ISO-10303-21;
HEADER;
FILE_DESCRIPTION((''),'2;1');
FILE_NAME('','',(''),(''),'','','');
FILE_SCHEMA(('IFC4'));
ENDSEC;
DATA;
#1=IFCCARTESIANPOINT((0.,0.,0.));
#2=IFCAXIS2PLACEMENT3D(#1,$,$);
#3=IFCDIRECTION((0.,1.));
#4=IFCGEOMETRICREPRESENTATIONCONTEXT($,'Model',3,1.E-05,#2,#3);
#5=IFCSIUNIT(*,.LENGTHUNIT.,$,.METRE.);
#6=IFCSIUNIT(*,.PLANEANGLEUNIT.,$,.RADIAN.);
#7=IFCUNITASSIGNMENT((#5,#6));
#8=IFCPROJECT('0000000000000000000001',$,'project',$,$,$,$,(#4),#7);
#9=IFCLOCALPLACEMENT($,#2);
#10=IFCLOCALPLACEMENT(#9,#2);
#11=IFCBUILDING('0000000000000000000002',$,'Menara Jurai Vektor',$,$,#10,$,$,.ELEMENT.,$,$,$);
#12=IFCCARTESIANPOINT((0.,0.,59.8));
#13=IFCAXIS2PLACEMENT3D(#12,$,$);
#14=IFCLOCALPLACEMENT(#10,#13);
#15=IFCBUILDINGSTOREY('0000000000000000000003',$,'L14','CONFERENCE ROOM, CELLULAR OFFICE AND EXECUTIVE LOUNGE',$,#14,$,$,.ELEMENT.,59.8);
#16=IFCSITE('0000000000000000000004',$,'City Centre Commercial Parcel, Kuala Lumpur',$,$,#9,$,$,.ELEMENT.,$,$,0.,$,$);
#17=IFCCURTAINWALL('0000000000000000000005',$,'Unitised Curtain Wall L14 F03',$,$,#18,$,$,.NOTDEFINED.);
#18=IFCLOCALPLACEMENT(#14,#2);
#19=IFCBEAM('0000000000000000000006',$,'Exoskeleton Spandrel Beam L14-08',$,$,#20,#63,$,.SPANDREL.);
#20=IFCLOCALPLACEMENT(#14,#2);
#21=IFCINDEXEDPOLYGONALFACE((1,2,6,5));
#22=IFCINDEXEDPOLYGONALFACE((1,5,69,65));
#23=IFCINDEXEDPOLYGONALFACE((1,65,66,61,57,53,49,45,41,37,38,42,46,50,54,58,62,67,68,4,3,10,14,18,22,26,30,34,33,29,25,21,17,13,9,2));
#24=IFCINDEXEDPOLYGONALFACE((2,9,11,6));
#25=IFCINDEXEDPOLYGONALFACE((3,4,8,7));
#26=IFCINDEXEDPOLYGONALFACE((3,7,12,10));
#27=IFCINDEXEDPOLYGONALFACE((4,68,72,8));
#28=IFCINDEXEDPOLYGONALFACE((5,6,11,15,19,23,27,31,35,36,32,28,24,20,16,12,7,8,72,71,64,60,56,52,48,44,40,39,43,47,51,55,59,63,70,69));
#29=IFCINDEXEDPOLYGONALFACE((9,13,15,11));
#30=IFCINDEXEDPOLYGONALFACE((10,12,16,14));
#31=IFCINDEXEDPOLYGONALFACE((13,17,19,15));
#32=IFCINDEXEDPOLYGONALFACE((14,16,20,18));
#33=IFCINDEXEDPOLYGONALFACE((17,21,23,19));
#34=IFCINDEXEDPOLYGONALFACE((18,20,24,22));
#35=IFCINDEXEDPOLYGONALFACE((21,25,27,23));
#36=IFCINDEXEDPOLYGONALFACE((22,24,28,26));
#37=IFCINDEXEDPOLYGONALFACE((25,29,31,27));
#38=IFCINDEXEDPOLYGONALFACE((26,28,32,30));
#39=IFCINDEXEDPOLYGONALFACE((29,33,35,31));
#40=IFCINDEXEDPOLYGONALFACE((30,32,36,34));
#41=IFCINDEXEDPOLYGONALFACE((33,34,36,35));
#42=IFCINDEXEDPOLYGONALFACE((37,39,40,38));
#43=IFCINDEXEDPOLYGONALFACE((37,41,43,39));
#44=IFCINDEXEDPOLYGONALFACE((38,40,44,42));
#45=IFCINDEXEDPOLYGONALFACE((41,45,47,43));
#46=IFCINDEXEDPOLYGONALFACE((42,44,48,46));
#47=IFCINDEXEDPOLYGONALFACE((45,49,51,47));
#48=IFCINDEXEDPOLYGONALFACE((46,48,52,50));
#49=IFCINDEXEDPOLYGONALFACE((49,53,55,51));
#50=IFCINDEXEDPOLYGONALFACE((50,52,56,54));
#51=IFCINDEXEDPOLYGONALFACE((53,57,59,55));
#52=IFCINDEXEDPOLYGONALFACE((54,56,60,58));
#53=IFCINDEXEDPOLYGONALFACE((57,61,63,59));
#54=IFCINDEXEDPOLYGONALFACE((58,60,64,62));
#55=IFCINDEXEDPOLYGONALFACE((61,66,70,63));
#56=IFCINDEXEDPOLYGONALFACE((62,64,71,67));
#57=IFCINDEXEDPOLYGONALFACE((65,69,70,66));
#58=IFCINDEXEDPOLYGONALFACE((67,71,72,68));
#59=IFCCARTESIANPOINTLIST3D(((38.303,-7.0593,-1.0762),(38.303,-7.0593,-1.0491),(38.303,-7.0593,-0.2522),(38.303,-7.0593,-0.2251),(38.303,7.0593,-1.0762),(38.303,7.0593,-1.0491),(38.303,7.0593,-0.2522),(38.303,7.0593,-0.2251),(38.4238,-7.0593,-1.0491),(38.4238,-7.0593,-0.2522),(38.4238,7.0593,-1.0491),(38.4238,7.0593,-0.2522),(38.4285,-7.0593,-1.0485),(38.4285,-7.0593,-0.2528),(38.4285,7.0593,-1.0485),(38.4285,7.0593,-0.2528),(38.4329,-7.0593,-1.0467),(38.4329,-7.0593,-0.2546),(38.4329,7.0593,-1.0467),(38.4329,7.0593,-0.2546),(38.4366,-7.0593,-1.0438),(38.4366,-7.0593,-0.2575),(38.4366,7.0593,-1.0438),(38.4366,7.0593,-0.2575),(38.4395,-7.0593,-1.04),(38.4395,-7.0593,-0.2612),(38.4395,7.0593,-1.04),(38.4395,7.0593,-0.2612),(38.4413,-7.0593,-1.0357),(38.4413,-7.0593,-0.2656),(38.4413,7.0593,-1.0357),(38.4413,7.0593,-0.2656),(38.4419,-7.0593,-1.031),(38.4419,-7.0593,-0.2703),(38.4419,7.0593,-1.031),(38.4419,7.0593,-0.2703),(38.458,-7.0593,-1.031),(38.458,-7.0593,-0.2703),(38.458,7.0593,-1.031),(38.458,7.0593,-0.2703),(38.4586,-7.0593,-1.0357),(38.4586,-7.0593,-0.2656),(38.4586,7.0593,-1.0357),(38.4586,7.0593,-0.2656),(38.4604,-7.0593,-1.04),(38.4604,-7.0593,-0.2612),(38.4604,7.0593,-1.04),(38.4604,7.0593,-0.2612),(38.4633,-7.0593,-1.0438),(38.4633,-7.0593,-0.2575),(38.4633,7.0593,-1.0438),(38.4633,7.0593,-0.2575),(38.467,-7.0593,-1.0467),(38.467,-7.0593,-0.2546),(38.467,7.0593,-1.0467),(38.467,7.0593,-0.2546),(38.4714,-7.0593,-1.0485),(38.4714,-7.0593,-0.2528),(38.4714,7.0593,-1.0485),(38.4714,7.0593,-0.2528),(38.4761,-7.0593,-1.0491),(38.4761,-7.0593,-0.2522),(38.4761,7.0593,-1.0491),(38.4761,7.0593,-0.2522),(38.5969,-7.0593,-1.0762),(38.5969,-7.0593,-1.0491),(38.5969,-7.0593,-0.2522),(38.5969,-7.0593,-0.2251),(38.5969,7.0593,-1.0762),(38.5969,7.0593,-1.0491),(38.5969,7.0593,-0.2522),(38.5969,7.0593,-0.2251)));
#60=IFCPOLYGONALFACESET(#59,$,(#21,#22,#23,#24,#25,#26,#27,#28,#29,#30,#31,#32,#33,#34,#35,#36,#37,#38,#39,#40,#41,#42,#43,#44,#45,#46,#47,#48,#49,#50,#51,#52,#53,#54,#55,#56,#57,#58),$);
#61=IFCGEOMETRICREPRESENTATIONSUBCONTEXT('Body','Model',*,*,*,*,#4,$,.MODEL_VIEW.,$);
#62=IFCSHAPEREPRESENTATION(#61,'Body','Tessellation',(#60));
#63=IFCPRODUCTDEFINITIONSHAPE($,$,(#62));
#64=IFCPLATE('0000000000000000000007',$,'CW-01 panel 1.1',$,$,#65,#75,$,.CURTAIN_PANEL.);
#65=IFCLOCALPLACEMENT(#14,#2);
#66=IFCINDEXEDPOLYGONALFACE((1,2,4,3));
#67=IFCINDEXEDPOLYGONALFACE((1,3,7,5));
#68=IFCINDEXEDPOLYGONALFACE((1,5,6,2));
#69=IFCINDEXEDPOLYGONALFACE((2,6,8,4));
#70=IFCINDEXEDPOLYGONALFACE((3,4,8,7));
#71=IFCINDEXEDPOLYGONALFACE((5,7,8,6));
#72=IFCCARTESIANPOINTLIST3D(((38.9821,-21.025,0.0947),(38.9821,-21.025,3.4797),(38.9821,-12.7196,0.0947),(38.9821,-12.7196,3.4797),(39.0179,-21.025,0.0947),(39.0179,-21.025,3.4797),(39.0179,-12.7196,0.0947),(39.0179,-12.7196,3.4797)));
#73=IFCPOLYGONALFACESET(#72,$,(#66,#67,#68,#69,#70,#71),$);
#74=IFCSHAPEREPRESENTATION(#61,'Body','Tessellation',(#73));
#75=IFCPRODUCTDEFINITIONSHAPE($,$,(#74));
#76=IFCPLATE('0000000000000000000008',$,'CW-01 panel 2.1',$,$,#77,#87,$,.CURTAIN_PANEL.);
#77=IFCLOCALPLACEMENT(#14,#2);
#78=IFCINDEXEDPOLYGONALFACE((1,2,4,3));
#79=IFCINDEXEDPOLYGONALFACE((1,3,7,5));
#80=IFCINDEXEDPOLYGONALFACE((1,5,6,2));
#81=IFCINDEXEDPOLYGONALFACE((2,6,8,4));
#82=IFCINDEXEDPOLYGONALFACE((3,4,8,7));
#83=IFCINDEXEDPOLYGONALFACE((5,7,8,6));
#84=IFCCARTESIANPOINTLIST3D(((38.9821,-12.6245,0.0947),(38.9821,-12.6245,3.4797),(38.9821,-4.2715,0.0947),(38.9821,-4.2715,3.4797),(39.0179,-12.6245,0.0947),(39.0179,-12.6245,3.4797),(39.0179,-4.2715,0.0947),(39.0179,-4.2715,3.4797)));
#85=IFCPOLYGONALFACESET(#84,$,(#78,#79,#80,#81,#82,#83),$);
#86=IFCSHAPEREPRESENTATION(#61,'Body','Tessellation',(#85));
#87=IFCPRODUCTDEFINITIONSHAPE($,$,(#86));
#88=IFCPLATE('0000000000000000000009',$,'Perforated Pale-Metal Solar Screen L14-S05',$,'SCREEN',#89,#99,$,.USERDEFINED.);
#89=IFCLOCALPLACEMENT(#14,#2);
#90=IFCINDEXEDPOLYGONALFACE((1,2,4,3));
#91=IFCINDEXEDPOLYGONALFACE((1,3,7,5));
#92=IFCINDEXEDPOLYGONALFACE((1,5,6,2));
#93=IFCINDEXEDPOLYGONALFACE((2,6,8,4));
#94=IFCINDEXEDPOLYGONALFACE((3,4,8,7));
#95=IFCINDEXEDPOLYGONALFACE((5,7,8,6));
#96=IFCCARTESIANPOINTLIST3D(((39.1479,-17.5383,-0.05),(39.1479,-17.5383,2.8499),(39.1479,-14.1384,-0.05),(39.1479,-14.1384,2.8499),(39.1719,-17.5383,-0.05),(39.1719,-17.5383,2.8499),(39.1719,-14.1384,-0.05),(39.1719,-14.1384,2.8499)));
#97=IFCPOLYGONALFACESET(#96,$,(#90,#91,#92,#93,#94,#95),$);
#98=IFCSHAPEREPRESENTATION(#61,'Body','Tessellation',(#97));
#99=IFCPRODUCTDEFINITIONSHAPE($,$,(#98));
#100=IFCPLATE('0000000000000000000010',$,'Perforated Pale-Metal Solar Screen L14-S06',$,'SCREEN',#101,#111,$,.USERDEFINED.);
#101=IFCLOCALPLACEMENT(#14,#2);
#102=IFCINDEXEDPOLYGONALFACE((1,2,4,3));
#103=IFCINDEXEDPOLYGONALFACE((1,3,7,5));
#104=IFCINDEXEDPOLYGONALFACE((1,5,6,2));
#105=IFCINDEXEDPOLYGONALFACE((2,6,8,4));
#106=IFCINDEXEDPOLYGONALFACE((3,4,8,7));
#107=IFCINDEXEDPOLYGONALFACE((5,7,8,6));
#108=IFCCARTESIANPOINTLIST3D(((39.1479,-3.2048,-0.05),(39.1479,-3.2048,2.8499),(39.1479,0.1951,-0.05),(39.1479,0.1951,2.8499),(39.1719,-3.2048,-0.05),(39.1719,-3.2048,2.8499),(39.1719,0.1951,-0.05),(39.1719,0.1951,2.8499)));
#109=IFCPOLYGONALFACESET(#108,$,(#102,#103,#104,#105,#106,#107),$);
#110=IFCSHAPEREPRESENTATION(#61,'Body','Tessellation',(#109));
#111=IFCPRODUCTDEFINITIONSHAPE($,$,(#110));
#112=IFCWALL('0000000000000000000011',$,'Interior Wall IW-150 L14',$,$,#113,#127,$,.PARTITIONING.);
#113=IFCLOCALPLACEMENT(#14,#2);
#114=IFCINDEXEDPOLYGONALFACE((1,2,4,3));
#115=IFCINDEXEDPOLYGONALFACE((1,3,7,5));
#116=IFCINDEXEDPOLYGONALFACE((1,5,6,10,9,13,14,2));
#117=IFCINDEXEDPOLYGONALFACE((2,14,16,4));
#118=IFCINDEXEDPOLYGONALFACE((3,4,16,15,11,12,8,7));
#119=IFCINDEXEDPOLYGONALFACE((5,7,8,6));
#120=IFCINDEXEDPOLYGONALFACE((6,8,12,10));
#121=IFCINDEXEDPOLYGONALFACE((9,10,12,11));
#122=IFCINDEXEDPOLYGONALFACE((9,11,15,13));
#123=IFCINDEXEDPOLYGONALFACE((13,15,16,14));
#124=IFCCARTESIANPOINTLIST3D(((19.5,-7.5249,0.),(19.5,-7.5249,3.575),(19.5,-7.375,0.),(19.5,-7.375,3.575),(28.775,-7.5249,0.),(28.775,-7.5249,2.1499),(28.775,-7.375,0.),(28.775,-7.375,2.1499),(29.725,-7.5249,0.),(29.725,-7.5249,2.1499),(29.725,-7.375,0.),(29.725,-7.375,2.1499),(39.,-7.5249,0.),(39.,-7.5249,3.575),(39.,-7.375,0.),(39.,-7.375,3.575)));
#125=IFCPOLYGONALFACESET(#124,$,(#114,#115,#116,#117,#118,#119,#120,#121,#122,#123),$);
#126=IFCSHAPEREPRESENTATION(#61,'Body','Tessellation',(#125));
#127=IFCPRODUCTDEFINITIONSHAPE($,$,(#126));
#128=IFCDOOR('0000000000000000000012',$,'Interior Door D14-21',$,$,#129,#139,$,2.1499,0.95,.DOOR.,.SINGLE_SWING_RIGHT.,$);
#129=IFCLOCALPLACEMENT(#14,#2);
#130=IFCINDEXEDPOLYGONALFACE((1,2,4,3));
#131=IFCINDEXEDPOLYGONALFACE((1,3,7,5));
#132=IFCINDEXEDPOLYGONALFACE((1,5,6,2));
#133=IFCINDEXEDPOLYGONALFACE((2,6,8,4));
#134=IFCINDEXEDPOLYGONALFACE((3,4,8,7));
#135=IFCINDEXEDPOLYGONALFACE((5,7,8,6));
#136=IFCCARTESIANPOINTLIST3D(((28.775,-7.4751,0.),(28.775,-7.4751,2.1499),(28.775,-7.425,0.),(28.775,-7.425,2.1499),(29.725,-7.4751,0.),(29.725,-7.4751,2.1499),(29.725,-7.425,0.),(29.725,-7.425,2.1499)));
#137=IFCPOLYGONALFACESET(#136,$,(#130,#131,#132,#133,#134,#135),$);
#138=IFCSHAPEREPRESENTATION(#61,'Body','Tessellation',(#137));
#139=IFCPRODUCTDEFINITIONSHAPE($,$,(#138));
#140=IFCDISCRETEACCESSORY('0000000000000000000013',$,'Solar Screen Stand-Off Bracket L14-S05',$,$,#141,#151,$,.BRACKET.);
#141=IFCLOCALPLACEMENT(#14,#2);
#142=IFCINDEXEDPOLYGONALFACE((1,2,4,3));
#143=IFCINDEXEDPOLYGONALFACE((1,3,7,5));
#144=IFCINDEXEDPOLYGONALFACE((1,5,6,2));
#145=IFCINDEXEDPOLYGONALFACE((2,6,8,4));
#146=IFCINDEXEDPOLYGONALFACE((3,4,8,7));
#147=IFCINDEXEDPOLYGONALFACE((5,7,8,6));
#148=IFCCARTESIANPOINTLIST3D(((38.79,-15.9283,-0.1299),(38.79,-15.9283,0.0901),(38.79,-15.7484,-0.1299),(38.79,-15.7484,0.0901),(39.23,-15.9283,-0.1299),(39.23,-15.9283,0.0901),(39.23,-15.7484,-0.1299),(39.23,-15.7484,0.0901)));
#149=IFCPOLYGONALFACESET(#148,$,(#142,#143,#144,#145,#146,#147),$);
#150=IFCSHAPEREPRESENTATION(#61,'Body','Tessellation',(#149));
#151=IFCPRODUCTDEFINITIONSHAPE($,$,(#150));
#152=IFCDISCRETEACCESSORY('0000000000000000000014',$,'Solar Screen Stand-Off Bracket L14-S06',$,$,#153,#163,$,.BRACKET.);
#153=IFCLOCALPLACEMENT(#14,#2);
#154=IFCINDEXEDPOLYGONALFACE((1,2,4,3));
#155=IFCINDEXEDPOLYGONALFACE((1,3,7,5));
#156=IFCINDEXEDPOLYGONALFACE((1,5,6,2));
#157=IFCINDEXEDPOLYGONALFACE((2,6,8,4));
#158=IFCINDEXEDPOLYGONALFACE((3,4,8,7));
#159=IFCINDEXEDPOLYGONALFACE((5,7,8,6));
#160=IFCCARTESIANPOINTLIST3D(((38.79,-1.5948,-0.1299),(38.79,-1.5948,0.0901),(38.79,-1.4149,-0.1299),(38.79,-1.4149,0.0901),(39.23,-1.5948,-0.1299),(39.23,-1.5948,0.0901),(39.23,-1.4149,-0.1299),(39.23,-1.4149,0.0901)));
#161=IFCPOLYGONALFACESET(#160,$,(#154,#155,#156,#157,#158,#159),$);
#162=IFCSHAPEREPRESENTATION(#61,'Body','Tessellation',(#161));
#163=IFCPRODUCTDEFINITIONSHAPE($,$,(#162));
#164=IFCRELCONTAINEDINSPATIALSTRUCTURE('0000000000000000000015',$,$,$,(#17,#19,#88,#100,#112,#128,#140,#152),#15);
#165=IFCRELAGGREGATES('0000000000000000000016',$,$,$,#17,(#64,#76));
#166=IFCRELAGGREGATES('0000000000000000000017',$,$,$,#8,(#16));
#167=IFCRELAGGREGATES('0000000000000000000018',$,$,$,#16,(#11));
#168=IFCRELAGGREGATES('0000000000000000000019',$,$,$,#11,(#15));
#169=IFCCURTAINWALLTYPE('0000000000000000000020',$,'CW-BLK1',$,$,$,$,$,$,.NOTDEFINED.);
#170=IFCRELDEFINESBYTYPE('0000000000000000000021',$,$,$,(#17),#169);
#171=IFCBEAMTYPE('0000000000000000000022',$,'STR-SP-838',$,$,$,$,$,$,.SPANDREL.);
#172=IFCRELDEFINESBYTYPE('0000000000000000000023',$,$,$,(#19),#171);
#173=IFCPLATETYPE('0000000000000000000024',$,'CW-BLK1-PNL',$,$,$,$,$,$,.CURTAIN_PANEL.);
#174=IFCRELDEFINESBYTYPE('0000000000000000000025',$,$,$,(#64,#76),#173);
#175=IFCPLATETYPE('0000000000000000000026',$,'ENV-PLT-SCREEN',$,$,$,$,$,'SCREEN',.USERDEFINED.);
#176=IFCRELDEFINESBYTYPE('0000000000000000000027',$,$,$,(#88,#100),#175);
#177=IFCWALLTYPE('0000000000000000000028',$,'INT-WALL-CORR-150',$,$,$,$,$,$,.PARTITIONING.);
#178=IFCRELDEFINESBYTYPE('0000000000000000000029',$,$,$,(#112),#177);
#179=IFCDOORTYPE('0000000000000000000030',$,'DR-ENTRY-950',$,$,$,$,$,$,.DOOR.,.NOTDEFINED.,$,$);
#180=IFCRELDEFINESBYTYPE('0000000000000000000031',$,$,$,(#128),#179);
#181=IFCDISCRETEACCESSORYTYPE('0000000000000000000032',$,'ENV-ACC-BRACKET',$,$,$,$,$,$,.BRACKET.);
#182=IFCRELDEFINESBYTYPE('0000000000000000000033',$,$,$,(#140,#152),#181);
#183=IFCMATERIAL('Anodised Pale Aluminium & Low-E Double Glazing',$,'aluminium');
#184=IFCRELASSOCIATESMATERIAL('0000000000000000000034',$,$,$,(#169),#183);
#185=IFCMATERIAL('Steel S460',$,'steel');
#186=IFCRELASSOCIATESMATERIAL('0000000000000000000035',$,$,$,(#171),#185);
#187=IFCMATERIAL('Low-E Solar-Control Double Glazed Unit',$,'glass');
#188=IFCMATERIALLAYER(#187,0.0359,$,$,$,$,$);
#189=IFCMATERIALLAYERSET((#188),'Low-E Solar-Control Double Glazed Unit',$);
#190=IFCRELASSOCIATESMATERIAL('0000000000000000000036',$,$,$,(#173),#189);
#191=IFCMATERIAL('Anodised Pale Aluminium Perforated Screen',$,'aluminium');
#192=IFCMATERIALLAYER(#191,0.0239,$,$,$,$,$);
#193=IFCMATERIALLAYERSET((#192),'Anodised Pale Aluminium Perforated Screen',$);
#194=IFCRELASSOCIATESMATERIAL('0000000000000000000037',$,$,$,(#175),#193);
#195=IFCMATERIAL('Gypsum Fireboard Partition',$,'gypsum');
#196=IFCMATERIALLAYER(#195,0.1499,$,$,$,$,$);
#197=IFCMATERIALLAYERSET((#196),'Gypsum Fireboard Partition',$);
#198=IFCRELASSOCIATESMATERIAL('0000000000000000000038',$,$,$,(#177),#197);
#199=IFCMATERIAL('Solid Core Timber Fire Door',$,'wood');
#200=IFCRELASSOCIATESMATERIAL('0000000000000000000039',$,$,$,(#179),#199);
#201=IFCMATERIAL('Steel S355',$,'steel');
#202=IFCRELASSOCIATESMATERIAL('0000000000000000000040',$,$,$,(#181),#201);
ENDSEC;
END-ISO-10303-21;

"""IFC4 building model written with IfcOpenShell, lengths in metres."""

from ifc_helpers import new_model, si_unit, direction, frame, frame_2d, origin, origin_2d, place, context, subcontext, project, spatial, rectangle, i_section, extrude, material, layer, layer_set, material_profile, profile_set, type_object, element, fill, aggregate, save


model = new_model("IFC4")

# Units and contexts
model_context = context("Model", 3, precision=1e-05, world=origin(), true_north=direction((0.0, 1.0)))
body_context = subcontext(model_context, "Body", "Model", "MODEL_VIEW")
ifc_project = project(units=[si_unit("LENGTHUNIT", "METRE"), si_unit("PLANEANGLEUNIT", "RADIAN")], contexts=[model_context])

# Site, building, storey
site_placement = place(None, origin())
site = spatial("IfcSite", under=ifc_project, at=site_placement, Name="City Centre Commercial Parcel, Kuala Lumpur", CompositionType="ELEMENT", RefElevation=0.0)
building_placement = place(site_placement, origin())
building = spatial("IfcBuilding", under=site, at=building_placement, Name="Menara Jurai Vektor", CompositionType="ELEMENT")
storey_placement = place(building_placement, frame((0.0, 0.0, 59.8)))
storey = spatial("IfcBuildingStorey", under=building, at=storey_placement, Name="L14", Description="CONFERENCE ROOM, CELLULAR OFFICE AND EXECUTIVE LOUNGE", CompositionType="ELEMENT", Elevation=59.8)

# Shared definitions
ifc_material_1 = material(Name="Steel S460", Category="steel")

# Curtain wall
ifc_material_2 = material(Name="Anodised Pale Aluminium & Low-E Double Glazing", Category="aluminium")
curtain_wall_type = type_object("IfcCurtainWallType", Name="CW-BLK1", PredefinedType="NOTDEFINED", material=ifc_material_2)
curtain_wall_placement = place(storey_placement, origin())
curtain_wall = element("IfcCurtainWall", 1, at=curtain_wall_placement, inside=storey, type_object=curtain_wall_type, Name="Unitised Curtain Wall L14 F03", PredefinedType="NOTDEFINED")

# Shared definitions
ifc_material_3 = material(Name="Steel S355", Category="steel")

# Beam
ifc_material_profile_1 = material_profile(ifc_material_1, i_section(OverallWidth=0.2939, OverallDepth=0.8511, WebThickness=0.0161, FlangeThickness=0.0271, FilletRadius=0.0181, at=origin_2d()), Name="UKB 838x292x226")
ifc_profile_set_1 = profile_set([ifc_material_profile_1], Name="Steel S460")
beam_type_1 = type_object("IfcBeamType", Name="STR-SP-838", PredefinedType="SPANDREL", material=ifc_profile_set_1)
beam_1_placement = place(storey_placement, frame((38.45, -7.0593, -0.6506), z_axis=(0.0, 1.0, 0.0), x_axis=(-1.0, 0.0, 0.0)))
element("IfcBeam", 2, at=beam_1_placement, inside=storey, type_object=beam_type_1, Name="Exoskeleton Spandrel Beam L14-08", PredefinedType="SPANDREL", context=body_context, shape_type="SweptSolid", body=[
    extrude(i_section(OverallWidth=0.2939, OverallDepth=0.8511, WebThickness=0.0161, FlangeThickness=0.0271, FilletRadius=0.0181, at=origin_2d()), origin(), (0.0, 0.0, 1.0), 14.1187),
])

# Plates
ifc_material_4 = material(Name="Low-E Solar-Control Double Glazed Unit", Category="glass")
ifc_layer_1 = layer(ifc_material_4, 0.0359)
ifc_layer_set_1 = layer_set([ifc_layer_1], Name="Low-E Solar-Control Double Glazed Unit")
plate_type_1 = type_object("IfcPlateType", Name="CW-BLK1-PNL", PredefinedType="CURTAIN_PANEL", material=ifc_layer_set_1)
plate_1_placement = place(storey_placement, frame((39.0, -16.8723, 0.0947), z_axis=(0.0, 0.0, 1.0), x_axis=(0.0, 1.0, 0.0)))
plate_1 = element("IfcPlate", 3, at=plate_1_placement, type_object=plate_type_1, Name="CW-01 panel 1.1", PredefinedType="CURTAIN_PANEL", context=body_context, shape_type="SweptSolid", body=[
    extrude(rectangle(XDim=8.3054, YDim=0.0359, at=origin_2d()), origin(), (0.0, 0.0, 1.0), 3.385),
])
plate_2_placement = place(storey_placement, frame((39.0, -8.448, 0.0947), z_axis=(0.0, 0.0, 1.0), x_axis=(0.0, 1.0, 0.0)))
plate_2 = element("IfcPlate", 4, at=plate_2_placement, type_object=plate_type_1, Name="CW-01 panel 2.1", PredefinedType="CURTAIN_PANEL", context=body_context, shape_type="SweptSolid", body=[
    extrude(rectangle(XDim=8.353, YDim=0.0359, at=origin_2d()), origin(), (0.0, 0.0, 1.0), 3.385),
])
aggregate(curtain_wall, [plate_1, plate_2])

# Plates
ifc_material_5 = material(Name="Anodised Pale Aluminium Perforated Screen", Category="aluminium")
ifc_layer_2 = layer(ifc_material_5, 0.0239)
ifc_layer_set_2 = layer_set([ifc_layer_2], Name="Anodised Pale Aluminium Perforated Screen")
plate_type_2 = type_object("IfcPlateType", Name="ENV-PLT-SCREEN", ElementType="SCREEN", PredefinedType="USERDEFINED", material=ifc_layer_set_2)
for number, where, z_axis, x_axis, name in (
    (5, (39.1599, -15.8384, -0.05), (0.0, 0.0, 1.0), (0.0, 1.0, 0.0), "Perforated Pale-Metal Solar Screen L14-S05"),
    (6, (39.1599, -1.5049, -0.05), (0.0, 0.0, 1.0), (0.0, 1.0, 0.0), "Perforated Pale-Metal Solar Screen L14-S06"),
):
    element("IfcPlate", number, at=place(storey_placement, frame(where, z_axis=z_axis, x_axis=x_axis)), inside=storey, type_object=plate_type_2, Name=name, ObjectType="SCREEN", PredefinedType="USERDEFINED", context=body_context, shape_type="SweptSolid", body=[
        extrude(rectangle(XDim=3.3999, YDim=0.0239, at=origin_2d()), origin(), (0.0, 0.0, 1.0), 2.8999),
    ])

# Wall, opening, door
ifc_material_6 = material(Name="Gypsum Fireboard Partition", Category="gypsum")
ifc_layer_3 = layer(ifc_material_6, 0.1499)
ifc_layer_set_3 = layer_set([ifc_layer_3], Name="Gypsum Fireboard Partition")
wall_type = type_object("IfcWallType", Name="INT-WALL-CORR-150", PredefinedType="PARTITIONING", material=ifc_layer_set_3)
wall_placement = place(storey_placement, frame((19.5, -7.45, 0.0), z_axis=(0.0, 0.0, 1.0), x_axis=(1.0, 0.0, 0.0)))
wall = element("IfcWall", 7, at=wall_placement, inside=storey, type_object=wall_type, Name="Interior Wall IW-150 L14", PredefinedType="PARTITIONING", context=body_context, shape_type="SweptSolid", body=[
    extrude(rectangle(XDim=19.5, YDim=0.1499, at=frame_2d((9.75, 0.0))), origin(), (0.0, 0.0, 1.0), 3.575),
])
opening_placement = place(wall_placement, frame((9.2749, 0.0, 0.0)))
opening = element("IfcOpeningElement", 8, at=opening_placement, cuts=wall, PredefinedType="OPENING", context=body_context, shape_type="SweptSolid", body=[
    extrude(rectangle(XDim=0.95, YDim=2.1499, at=frame_2d((0.4751, 1.075))), frame((0.0, 0.085, 0.0), z_axis=(0.0, -1.0, 0.0), x_axis=(1.0, 0.0, 0.0)), (0.0, 0.0, 1.0), 0.1699),
])
ifc_material_7 = material(Name="Solid Core Timber Fire Door", Category="wood")
door_type = type_object("IfcDoorType", Name="DR-ENTRY-950", OperationType="NOTDEFINED", PredefinedType="DOOR", material=ifc_material_7)
door_placement = place(opening_placement, origin())
door = element("IfcDoor", 9, at=door_placement, inside=storey, type_object=door_type, Name="Interior Door D14-21", OperationType="SINGLE_SWING_RIGHT", OverallHeight=2.1499, OverallWidth=0.95, PredefinedType="DOOR", context=body_context, shape_type="SweptSolid", body=[
    extrude(rectangle(XDim=0.95, YDim=2.1499, at=frame_2d((0.4751, 1.075))), frame((0.0, 0.0249, 0.0), z_axis=(0.0, -1.0, 0.0), x_axis=(1.0, 0.0, 0.0)), (0.0, 0.0, 1.0), 0.05),
])
fill(opening, door)

# Discrete accessories
discrete_accessory_type = type_object("IfcDiscreteAccessoryType", Name="ENV-ACC-BRACKET", PredefinedType="BRACKET", material=ifc_material_3)
for number, where, z_axis, x_axis, name in (
    (10, (39.01, -15.8384, -0.1299), (0.0, 0.0, 1.0), (0.0, 1.0, 0.0), "Solar Screen Stand-Off Bracket L14-S05"),
    (11, (39.01, -1.5049, -0.1299), (0.0, 0.0, 1.0), (0.0, 1.0, 0.0), "Solar Screen Stand-Off Bracket L14-S06"),
):
    element("IfcDiscreteAccessory", number, at=place(storey_placement, frame(where, z_axis=z_axis, x_axis=x_axis)), inside=storey, type_object=discrete_accessory_type, Name=name, PredefinedType="BRACKET", context=body_context, shape_type="SweptSolid", body=[
        extrude(rectangle(XDim=0.1799, YDim=0.4399, at=origin_2d()), origin(), (0.0, 0.0, 1.0), 0.22),
    ])

save(model, "model.ifc")
